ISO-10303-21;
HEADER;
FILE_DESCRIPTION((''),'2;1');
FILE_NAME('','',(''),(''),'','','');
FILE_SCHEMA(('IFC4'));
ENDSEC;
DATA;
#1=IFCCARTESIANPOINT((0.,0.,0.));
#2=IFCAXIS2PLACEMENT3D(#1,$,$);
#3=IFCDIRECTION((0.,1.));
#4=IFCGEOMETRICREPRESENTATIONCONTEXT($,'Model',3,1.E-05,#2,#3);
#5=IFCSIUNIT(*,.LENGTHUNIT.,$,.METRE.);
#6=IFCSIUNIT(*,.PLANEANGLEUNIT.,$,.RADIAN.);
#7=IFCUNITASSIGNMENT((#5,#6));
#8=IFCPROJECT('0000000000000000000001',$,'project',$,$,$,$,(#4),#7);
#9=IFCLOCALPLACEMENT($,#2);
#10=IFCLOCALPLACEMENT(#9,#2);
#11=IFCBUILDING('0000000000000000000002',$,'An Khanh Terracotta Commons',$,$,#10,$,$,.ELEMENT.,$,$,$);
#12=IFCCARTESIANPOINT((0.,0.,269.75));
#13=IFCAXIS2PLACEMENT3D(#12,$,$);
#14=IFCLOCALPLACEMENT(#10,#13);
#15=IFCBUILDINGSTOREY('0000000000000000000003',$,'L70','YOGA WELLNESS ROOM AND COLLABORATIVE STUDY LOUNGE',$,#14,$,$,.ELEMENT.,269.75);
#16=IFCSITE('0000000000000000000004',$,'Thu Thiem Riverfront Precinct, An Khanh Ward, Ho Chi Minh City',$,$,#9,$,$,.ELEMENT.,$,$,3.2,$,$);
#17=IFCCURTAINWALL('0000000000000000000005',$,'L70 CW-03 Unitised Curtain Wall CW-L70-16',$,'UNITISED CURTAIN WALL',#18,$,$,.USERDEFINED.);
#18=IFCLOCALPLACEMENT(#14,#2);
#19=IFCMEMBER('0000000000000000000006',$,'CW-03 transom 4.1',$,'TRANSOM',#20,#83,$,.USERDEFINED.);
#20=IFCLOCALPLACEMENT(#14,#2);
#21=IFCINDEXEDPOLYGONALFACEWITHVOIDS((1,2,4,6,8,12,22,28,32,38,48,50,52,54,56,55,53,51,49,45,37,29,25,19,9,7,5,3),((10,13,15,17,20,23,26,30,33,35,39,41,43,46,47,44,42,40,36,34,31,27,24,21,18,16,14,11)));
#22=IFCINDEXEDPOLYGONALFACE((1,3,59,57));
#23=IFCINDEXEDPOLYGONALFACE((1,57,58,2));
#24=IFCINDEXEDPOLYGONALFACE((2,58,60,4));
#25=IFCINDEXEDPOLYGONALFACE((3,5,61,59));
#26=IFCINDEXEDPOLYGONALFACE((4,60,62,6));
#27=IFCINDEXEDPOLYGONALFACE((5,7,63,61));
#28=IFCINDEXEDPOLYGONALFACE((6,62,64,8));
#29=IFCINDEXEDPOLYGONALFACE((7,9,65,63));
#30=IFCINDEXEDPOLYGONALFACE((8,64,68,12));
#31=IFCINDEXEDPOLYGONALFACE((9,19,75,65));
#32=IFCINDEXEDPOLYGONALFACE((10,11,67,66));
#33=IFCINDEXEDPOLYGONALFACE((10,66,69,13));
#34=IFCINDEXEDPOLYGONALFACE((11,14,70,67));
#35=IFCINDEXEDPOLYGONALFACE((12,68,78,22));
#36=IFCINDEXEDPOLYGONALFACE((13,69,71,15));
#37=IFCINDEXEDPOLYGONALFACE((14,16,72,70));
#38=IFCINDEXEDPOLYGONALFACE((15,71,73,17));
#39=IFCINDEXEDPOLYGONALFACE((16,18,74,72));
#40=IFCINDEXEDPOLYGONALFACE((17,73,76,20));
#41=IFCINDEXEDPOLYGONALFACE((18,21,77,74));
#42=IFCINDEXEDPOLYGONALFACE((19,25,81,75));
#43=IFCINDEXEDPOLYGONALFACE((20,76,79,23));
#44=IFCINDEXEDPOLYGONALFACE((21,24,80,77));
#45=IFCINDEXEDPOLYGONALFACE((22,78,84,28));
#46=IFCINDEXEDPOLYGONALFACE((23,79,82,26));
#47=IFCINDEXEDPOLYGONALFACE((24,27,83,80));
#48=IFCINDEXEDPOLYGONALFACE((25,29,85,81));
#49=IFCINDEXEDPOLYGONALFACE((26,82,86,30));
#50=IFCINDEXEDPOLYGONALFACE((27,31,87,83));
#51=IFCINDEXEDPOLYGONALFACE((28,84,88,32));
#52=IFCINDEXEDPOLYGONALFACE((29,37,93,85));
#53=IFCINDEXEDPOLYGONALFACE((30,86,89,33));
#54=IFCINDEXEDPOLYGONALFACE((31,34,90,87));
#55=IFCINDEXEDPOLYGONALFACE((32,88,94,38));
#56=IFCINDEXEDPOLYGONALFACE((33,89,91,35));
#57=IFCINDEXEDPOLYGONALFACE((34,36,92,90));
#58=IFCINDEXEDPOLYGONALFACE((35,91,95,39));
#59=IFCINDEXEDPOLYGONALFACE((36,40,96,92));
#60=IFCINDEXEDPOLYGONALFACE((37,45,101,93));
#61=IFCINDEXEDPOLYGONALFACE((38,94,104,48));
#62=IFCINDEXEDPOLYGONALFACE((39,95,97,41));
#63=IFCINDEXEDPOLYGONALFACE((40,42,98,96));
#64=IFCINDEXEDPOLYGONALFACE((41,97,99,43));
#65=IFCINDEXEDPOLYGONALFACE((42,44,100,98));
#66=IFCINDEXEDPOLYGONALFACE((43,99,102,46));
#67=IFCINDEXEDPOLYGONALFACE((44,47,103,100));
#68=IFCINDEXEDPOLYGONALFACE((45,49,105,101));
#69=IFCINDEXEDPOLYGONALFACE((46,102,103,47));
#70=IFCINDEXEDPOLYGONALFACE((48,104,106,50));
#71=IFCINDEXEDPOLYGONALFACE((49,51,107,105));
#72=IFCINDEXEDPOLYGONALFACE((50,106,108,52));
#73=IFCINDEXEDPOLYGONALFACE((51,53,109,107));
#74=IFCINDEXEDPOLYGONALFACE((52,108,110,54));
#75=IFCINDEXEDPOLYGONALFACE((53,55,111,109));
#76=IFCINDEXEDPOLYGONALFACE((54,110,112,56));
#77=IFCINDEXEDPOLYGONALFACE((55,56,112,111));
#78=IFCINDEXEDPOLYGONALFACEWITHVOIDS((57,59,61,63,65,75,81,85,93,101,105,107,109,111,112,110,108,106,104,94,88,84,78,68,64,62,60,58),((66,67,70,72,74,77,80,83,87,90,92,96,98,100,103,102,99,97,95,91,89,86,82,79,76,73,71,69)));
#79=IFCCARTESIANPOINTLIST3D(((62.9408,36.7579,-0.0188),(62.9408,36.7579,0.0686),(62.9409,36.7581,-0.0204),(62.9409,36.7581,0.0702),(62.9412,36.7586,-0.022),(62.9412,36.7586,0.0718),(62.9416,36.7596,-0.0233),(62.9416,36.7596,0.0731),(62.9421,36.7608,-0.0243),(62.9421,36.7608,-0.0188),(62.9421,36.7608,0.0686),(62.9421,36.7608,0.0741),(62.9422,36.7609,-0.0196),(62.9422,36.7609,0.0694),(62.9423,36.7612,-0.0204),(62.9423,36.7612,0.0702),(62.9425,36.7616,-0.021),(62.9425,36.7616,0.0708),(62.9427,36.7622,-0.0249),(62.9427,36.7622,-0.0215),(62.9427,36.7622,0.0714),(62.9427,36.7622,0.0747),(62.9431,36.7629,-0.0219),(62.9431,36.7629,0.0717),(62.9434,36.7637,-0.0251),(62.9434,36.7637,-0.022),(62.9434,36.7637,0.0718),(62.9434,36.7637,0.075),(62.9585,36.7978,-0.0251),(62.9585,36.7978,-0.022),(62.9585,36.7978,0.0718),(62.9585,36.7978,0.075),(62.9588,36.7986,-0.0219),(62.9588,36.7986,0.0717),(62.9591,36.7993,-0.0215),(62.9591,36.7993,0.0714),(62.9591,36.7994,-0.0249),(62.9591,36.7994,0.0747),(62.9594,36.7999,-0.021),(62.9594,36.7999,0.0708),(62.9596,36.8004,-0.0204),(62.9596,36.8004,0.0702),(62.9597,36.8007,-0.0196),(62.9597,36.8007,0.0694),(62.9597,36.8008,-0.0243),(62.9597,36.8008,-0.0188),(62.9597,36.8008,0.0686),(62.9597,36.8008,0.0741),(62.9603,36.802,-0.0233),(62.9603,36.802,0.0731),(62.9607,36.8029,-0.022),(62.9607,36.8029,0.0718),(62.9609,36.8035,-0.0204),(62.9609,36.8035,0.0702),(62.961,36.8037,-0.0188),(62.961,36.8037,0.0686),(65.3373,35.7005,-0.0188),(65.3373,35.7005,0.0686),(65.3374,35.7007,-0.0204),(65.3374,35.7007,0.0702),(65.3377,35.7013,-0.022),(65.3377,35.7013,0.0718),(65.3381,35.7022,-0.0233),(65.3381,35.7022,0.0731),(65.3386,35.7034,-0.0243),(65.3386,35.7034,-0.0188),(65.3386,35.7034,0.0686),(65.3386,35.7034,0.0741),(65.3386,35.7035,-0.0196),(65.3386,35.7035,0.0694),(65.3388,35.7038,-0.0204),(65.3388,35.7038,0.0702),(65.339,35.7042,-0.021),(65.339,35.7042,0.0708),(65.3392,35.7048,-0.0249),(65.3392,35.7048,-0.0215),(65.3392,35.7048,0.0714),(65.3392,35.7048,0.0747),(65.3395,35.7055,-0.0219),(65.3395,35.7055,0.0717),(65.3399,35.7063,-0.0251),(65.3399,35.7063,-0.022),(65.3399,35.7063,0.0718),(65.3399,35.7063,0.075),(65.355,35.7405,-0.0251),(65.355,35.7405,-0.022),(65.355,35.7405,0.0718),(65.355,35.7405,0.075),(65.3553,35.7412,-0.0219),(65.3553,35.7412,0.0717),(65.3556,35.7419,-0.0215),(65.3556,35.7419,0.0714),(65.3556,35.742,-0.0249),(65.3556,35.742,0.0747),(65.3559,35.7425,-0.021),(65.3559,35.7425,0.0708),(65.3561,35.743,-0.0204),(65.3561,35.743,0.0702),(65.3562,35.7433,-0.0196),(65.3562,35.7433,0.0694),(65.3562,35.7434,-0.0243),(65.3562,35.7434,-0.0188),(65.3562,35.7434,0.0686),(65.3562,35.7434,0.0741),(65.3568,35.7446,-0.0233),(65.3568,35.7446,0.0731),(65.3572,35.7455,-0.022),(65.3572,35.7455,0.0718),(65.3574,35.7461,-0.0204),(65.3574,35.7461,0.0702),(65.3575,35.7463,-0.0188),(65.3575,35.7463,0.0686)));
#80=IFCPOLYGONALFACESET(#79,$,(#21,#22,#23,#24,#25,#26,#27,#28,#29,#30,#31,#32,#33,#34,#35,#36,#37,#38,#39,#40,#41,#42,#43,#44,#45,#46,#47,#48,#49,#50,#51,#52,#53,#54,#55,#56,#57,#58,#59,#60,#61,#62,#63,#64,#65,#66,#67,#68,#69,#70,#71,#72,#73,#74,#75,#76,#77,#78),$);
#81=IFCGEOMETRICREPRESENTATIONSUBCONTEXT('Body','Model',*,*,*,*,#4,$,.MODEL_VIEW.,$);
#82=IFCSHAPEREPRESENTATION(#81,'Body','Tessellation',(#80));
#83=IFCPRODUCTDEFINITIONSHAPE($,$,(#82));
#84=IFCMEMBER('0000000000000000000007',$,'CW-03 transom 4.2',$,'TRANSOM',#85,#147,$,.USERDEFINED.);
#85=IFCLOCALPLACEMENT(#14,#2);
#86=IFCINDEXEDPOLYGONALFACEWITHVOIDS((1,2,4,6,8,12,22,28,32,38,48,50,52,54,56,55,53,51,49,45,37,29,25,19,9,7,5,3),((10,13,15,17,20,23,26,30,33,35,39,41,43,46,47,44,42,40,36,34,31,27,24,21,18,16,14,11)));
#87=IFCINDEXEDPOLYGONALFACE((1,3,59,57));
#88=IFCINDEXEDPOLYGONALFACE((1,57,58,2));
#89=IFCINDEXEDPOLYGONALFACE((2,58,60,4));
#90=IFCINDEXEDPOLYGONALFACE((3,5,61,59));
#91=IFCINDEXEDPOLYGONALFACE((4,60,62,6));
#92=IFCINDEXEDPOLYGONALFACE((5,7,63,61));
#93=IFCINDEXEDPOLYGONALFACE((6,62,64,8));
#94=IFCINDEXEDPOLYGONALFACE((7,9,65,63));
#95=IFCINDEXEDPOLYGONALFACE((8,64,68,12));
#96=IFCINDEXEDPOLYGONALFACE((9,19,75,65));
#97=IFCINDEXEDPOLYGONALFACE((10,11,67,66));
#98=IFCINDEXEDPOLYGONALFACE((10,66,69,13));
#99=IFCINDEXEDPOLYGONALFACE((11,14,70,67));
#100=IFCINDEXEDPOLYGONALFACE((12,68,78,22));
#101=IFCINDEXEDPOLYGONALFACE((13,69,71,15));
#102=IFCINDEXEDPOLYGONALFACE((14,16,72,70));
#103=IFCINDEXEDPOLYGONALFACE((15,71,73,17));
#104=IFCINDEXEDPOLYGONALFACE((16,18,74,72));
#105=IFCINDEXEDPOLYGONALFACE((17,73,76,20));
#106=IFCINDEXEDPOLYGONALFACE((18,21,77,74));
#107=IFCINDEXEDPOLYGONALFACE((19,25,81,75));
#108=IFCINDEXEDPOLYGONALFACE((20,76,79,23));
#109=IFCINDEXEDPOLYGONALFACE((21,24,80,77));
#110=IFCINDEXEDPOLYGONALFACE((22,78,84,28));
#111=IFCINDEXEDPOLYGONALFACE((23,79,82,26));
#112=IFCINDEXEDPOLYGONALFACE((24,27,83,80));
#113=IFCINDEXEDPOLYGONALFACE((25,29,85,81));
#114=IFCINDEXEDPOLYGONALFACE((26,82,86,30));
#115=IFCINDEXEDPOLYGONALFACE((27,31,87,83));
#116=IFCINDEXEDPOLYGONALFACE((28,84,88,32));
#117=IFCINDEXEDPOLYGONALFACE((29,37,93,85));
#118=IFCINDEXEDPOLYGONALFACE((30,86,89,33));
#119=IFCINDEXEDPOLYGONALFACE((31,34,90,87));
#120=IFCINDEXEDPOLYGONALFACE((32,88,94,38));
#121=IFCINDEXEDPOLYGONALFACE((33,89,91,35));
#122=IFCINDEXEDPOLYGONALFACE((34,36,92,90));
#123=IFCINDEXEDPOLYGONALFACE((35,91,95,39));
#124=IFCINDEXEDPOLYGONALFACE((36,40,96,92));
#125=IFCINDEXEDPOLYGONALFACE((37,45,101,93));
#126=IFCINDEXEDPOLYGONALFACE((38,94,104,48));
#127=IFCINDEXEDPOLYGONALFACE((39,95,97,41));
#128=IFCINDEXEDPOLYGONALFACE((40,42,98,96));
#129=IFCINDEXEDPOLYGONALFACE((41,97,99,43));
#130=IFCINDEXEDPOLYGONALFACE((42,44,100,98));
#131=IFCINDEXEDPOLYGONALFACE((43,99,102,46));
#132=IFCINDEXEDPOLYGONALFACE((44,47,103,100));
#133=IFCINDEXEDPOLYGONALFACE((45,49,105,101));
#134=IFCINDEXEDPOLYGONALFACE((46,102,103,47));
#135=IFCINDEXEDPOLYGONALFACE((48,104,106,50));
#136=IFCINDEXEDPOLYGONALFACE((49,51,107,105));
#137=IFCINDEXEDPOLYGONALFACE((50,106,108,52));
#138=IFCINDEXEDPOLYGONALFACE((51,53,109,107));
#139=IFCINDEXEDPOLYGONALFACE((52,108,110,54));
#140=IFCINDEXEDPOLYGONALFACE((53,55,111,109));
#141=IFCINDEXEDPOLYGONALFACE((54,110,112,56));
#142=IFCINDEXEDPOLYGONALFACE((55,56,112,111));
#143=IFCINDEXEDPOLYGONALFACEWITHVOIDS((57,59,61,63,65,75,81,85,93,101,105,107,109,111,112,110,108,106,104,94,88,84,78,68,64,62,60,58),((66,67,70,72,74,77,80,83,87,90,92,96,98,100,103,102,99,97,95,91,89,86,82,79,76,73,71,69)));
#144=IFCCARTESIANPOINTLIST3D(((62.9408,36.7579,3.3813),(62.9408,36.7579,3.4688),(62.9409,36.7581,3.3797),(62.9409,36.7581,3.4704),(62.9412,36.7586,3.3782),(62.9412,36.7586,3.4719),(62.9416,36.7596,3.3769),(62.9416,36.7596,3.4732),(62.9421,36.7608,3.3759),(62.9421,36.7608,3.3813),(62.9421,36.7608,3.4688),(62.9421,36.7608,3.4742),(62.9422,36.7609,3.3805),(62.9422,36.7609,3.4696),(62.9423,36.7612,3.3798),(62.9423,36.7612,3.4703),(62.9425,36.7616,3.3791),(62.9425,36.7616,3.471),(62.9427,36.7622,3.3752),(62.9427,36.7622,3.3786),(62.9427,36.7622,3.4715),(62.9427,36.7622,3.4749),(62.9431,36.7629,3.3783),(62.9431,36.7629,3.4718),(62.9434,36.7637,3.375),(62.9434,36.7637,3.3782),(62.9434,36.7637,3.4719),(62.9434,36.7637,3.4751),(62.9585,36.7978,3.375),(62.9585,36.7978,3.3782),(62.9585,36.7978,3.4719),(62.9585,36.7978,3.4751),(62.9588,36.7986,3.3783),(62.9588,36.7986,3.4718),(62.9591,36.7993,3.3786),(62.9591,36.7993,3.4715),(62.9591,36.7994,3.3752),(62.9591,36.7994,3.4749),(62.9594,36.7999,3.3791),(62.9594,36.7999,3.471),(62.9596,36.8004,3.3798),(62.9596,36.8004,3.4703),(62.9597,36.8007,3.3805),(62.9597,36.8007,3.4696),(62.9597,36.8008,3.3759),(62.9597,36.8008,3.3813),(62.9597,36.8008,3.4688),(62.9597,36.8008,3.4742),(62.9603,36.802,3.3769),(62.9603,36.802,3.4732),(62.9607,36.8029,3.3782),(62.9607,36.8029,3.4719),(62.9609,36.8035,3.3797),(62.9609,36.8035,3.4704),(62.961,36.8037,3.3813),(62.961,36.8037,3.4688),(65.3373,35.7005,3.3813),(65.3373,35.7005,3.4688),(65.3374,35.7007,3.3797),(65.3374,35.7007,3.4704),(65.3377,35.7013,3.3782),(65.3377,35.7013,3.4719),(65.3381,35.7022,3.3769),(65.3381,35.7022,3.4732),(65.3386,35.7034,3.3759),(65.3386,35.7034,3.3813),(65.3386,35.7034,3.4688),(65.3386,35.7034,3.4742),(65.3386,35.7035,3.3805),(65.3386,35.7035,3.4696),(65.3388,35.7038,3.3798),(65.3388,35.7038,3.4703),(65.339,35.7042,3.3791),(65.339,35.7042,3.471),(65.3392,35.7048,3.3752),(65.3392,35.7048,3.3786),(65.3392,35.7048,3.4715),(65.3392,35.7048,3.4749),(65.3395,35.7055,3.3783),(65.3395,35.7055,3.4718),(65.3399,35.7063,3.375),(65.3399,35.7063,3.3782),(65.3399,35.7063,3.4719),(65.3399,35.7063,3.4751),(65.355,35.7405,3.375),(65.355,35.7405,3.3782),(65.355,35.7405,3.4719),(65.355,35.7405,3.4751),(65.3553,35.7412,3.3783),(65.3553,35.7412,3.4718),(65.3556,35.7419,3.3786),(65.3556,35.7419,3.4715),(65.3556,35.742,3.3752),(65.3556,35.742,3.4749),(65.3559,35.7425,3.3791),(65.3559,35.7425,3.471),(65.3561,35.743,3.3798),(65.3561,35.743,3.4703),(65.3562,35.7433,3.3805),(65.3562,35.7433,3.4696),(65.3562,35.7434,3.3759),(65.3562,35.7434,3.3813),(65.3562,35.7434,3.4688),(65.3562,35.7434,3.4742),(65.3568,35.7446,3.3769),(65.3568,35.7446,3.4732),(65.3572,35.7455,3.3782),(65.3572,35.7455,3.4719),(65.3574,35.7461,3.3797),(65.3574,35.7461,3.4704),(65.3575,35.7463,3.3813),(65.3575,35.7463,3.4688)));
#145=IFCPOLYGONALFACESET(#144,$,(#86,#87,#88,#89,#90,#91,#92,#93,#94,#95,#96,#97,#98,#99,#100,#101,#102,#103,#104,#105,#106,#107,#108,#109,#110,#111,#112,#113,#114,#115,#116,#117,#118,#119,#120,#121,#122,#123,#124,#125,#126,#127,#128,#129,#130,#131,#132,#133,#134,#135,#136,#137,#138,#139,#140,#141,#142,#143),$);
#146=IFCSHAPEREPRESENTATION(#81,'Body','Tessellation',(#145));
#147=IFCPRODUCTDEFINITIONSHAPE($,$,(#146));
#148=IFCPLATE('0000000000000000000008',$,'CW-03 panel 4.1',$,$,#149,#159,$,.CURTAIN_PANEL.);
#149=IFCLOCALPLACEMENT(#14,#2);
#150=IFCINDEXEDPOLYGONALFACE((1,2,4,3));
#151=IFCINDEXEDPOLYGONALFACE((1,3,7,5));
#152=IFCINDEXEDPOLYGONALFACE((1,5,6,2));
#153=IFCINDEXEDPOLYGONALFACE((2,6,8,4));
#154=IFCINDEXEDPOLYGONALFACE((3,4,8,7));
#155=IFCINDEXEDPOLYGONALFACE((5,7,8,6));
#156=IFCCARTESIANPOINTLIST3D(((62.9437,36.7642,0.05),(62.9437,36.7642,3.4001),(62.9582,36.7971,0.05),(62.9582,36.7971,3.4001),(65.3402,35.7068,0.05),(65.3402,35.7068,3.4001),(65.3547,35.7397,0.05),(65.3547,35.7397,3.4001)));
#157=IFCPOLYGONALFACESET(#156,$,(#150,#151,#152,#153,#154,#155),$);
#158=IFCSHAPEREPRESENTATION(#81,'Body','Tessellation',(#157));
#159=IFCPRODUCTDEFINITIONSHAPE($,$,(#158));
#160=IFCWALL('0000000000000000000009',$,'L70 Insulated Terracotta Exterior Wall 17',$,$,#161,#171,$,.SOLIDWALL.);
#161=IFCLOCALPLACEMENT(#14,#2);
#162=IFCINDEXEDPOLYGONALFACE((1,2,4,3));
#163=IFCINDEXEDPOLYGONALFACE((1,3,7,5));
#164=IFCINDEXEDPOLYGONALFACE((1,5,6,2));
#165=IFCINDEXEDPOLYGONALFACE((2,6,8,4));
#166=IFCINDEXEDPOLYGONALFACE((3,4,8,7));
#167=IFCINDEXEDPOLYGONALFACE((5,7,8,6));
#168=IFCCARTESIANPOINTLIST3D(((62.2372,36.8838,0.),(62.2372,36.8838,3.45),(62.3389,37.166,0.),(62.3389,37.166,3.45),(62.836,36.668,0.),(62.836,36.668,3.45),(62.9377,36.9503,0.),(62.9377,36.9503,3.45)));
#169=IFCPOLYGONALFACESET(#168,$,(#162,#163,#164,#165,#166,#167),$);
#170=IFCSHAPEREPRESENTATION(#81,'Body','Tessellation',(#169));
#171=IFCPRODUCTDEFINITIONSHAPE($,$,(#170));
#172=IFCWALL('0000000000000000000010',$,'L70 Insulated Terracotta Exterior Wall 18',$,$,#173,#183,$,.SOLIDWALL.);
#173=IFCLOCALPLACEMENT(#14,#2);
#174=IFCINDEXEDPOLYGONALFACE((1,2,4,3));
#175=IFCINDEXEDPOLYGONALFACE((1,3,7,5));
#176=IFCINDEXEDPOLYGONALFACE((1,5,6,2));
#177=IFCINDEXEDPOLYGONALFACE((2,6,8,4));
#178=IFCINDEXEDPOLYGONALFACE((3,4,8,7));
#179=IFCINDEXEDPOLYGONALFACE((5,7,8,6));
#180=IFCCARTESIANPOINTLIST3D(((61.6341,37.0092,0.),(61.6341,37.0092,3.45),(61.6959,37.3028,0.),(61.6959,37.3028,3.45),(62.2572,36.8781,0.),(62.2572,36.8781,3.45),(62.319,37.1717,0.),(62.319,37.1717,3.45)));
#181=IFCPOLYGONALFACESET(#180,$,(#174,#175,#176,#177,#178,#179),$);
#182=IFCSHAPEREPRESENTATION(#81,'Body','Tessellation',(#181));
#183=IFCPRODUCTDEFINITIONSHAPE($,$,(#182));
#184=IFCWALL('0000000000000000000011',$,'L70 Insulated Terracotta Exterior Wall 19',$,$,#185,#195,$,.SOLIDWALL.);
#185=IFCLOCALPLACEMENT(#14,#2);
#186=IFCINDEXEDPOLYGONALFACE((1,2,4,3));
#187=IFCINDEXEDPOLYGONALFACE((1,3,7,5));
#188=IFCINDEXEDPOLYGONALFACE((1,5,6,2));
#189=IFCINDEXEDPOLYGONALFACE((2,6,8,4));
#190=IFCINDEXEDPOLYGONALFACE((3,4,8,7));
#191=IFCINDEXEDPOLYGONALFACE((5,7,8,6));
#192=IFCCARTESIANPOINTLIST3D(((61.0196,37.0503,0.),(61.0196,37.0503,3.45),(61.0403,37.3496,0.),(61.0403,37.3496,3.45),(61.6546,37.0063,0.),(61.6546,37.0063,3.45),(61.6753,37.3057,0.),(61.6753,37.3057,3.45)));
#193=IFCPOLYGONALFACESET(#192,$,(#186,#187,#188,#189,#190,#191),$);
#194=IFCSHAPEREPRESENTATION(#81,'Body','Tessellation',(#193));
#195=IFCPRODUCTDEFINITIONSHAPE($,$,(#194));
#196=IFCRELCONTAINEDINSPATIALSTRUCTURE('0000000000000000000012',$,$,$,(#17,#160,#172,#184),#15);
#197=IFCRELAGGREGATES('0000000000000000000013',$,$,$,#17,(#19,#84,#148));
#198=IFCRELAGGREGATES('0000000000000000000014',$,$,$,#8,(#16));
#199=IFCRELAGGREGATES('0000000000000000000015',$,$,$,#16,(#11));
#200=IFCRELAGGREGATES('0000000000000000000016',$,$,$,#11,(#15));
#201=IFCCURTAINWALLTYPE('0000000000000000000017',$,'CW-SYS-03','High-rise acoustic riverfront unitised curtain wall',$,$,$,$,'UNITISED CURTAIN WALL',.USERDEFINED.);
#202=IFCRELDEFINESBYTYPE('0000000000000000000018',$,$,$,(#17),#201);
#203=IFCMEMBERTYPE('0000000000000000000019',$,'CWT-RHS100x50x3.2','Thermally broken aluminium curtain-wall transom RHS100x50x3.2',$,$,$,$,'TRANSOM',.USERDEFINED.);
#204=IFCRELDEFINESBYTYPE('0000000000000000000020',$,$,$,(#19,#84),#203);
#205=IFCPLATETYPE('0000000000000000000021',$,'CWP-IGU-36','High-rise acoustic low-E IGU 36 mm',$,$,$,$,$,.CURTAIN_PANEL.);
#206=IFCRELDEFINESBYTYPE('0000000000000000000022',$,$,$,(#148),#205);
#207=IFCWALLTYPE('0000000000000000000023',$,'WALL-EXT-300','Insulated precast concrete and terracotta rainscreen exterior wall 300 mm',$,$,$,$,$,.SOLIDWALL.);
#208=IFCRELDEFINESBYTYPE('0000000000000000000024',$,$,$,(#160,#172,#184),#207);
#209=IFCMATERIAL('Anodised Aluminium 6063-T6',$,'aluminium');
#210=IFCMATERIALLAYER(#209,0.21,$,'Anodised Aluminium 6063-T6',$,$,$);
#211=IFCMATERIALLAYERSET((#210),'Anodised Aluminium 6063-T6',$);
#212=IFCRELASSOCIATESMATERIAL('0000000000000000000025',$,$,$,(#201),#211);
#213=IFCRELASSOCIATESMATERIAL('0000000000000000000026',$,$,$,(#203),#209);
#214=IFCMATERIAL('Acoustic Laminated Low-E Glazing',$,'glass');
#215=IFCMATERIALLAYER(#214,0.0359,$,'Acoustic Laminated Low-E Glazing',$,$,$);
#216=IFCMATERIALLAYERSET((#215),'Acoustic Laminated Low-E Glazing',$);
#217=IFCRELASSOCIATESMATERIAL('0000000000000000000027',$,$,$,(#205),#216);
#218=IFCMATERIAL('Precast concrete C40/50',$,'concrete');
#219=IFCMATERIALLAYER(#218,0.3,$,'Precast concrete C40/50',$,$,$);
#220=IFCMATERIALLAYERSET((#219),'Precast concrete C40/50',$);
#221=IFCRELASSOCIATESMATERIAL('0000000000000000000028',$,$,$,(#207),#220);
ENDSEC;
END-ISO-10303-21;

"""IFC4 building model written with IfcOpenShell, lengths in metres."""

from ifc_helpers import new_model, si_unit, direction, frame, frame_2d, origin, origin_2d, place, context, subcontext, project, spatial, rectangle, hollow_rectangle, extrude, material, layer, layer_set, material_profile, profile_set, type_object, element, aggregate, save


model = new_model("IFC4")

# Units and contexts
model_context = context("Model", 3, precision=1e-05, world=origin(), true_north=direction((0.0, 1.0)))
body_context = subcontext(model_context, "Body", "Model", "MODEL_VIEW")
ifc_project = project(units=[si_unit("LENGTHUNIT", "METRE"), si_unit("PLANEANGLEUNIT", "RADIAN")], contexts=[model_context])

# Site, building, storey
site_placement = place(None, origin())
site = spatial("IfcSite", under=ifc_project, at=site_placement, Name="Thu Thiem Riverfront Precinct, An Khanh Ward, Ho Chi Minh City", CompositionType="ELEMENT", RefElevation=3.2)
building_placement = place(site_placement, origin())
building = spatial("IfcBuilding", under=site, at=building_placement, Name="An Khanh Terracotta Commons", CompositionType="ELEMENT")
storey_placement = place(building_placement, frame((0.0, 0.0, 269.75)))
storey = spatial("IfcBuildingStorey", under=building, at=storey_placement, Name="L70", Description="YOGA WELLNESS ROOM AND COLLABORATIVE STUDY LOUNGE", CompositionType="ELEMENT", Elevation=269.75)

# Curtain wall, members, plate
ifc_material_1 = material(Name="Anodised Aluminium 6063-T6", Category="aluminium")
ifc_layer_1 = layer(ifc_material_1, 0.21, Name="Anodised Aluminium 6063-T6")
ifc_layer_set_1 = layer_set([ifc_layer_1], Name="Anodised Aluminium 6063-T6")
curtain_wall_type = type_object("IfcCurtainWallType", Name="CW-SYS-03", Description="High-rise acoustic riverfront unitised curtain wall", ElementType="UNITISED CURTAIN WALL", PredefinedType="USERDEFINED", material=ifc_layer_set_1)
curtain_wall_placement = place(storey_placement, origin())
curtain_wall = element("IfcCurtainWall", 1, at=curtain_wall_placement, inside=storey, type_object=curtain_wall_type, Name="L70 CW-03 Unitised Curtain Wall CW-L70-16", ObjectType="UNITISED CURTAIN WALL", PredefinedType="USERDEFINED")
ifc_material_profile_1 = material_profile(ifc_material_1, hollow_rectangle(XDim=0.05, YDim=0.1001, WallThickness=0.0032, InnerFilletRadius=0.0032, OuterFilletRadius=0.0063, at=origin_2d()), Name="RHS100x50x3.2")
ifc_profile_set_1 = profile_set([ifc_material_profile_1], Name="Anodised Aluminium 6063-T6")
member_type_1 = type_object("IfcMemberType", Name="CWT-RHS100x50x3.2", Description="Thermally broken aluminium curtain-wall transom RHS100x50x3.2", ElementType="TRANSOM", PredefinedType="USERDEFINED", material=ifc_profile_set_1)
member_1_placement = place(storey_placement, frame((65.3474, 35.7234, 0.0249), z_axis=(-0.914904, 0.403672, 0.0), x_axis=(-0.403672, -0.914904, 0.0)))
member_1 = element("IfcMember", 2, at=member_1_placement, type_object=member_type_1, Name="CW-03 transom 4.1", ObjectType="TRANSOM", PredefinedType="USERDEFINED", context=body_context, shape_type="SweptSolid", body=[
    extrude(hollow_rectangle(XDim=0.05, YDim=0.1001, WallThickness=0.0032, InnerFilletRadius=0.0032, OuterFilletRadius=0.0063, at=origin_2d()), origin(), (0.0, 0.0, 1.0), 2.6194),
])
member_2_placement = place(storey_placement, frame((65.3474, 35.7234, 3.425), z_axis=(-0.914904, 0.403672, 0.0), x_axis=(-0.403672, -0.914904, 0.0)))
member_2 = element("IfcMember", 3, at=member_2_placement, type_object=member_type_1, Name="CW-03 transom 4.2", ObjectType="TRANSOM", PredefinedType="USERDEFINED", context=body_context, shape_type="SweptSolid", body=[
    extrude(hollow_rectangle(XDim=0.05, YDim=0.1001, WallThickness=0.0032, InnerFilletRadius=0.0032, OuterFilletRadius=0.0063, at=origin_2d()), origin(), (0.0, 0.0, 1.0), 2.6194),
])
ifc_material_2 = material(Name="Acoustic Laminated Low-E Glazing", Category="glass")
ifc_layer_2 = layer(ifc_material_2, 0.0359, Name="Acoustic Laminated Low-E Glazing")
ifc_layer_set_2 = layer_set([ifc_layer_2], Name="Acoustic Laminated Low-E Glazing")
plate_type = type_object("IfcPlateType", Name="CWP-IGU-36", Description="High-rise acoustic low-E IGU 36 mm", PredefinedType="CURTAIN_PANEL", material=ifc_layer_set_2)
plate_placement = place(storey_placement, frame((64.1492, 36.252, 0.05), z_axis=(0.0, 0.0, 1.0), x_axis=(-0.914902, 0.403676, 0.0)))
plate = element("IfcPlate", 4, at=plate_placement, type_object=plate_type, Name="CW-03 panel 4.1", PredefinedType="CURTAIN_PANEL", context=body_context, shape_type="SweptSolid", body=[
    extrude(rectangle(XDim=2.6194, YDim=0.0359, at=origin_2d()), origin(), (0.0, 0.0, 1.0), 3.3501),
])
aggregate(curtain_wall, [member_1, member_2, plate])

# Walls
ifc_material_3 = material(Name="Precast concrete C40/50", Category="concrete")
ifc_layer_3 = layer(ifc_material_3, 0.3, Name="Precast concrete C40/50")
ifc_layer_set_3 = layer_set([ifc_layer_3], Name="Precast concrete C40/50")
wall_type = type_object("IfcWallType", Name="WALL-EXT-300", Description="Insulated precast concrete and terracotta rainscreen exterior wall 300 mm", PredefinedType="SOLIDWALL", material=ifc_layer_set_3)
wall_1_placement = place(storey_placement, frame((62.887, 36.8091, 0.0), z_axis=(0.0, 0.0, 1.0), x_axis=(-0.940775, 0.339032, 0.0)))
element("IfcWall", 5, at=wall_1_placement, inside=storey, type_object=wall_type, Name="L70 Insulated Terracotta Exterior Wall 17", PredefinedType="SOLIDWALL", context=body_context, shape_type="SweptSolid", body=[
    extrude(rectangle(XDim=0.6365, YDim=0.3, at=frame_2d((0.3184, 0.0))), origin(), (0.0, 0.0, 1.0), 3.45),
])
wall_2_placement = place(storey_placement, frame((62.2881, 37.0249, 0.0), z_axis=(0.0, 0.0, 1.0), x_axis=(-0.97857, 0.205914, 0.0)))
element("IfcWall", 6, at=wall_2_placement, inside=storey, type_object=wall_type, Name="L70 Insulated Terracotta Exterior Wall 18", PredefinedType="SOLIDWALL", context=body_context, shape_type="SweptSolid", body=[
    extrude(rectangle(XDim=0.6367, YDim=0.3, at=frame_2d((0.3184, 0.0))), origin(), (0.0, 0.0, 1.0), 3.45),
])
wall_3_placement = place(storey_placement, frame((61.665, 37.156, 0.0), z_axis=(0.0, 0.0, 1.0), x_axis=(-0.997614, 0.069039, 0.0)))
element("IfcWall", 7, at=wall_3_placement, inside=storey, type_object=wall_type, Name="L70 Insulated Terracotta Exterior Wall 19", PredefinedType="SOLIDWALL", context=body_context, shape_type="SweptSolid", body=[
    extrude(rectangle(XDim=0.6365, YDim=0.3, at=frame_2d((0.3184, 0.0))), origin(), (0.0, 0.0, 1.0), 3.45),
])

save(model, "model.ifc")
